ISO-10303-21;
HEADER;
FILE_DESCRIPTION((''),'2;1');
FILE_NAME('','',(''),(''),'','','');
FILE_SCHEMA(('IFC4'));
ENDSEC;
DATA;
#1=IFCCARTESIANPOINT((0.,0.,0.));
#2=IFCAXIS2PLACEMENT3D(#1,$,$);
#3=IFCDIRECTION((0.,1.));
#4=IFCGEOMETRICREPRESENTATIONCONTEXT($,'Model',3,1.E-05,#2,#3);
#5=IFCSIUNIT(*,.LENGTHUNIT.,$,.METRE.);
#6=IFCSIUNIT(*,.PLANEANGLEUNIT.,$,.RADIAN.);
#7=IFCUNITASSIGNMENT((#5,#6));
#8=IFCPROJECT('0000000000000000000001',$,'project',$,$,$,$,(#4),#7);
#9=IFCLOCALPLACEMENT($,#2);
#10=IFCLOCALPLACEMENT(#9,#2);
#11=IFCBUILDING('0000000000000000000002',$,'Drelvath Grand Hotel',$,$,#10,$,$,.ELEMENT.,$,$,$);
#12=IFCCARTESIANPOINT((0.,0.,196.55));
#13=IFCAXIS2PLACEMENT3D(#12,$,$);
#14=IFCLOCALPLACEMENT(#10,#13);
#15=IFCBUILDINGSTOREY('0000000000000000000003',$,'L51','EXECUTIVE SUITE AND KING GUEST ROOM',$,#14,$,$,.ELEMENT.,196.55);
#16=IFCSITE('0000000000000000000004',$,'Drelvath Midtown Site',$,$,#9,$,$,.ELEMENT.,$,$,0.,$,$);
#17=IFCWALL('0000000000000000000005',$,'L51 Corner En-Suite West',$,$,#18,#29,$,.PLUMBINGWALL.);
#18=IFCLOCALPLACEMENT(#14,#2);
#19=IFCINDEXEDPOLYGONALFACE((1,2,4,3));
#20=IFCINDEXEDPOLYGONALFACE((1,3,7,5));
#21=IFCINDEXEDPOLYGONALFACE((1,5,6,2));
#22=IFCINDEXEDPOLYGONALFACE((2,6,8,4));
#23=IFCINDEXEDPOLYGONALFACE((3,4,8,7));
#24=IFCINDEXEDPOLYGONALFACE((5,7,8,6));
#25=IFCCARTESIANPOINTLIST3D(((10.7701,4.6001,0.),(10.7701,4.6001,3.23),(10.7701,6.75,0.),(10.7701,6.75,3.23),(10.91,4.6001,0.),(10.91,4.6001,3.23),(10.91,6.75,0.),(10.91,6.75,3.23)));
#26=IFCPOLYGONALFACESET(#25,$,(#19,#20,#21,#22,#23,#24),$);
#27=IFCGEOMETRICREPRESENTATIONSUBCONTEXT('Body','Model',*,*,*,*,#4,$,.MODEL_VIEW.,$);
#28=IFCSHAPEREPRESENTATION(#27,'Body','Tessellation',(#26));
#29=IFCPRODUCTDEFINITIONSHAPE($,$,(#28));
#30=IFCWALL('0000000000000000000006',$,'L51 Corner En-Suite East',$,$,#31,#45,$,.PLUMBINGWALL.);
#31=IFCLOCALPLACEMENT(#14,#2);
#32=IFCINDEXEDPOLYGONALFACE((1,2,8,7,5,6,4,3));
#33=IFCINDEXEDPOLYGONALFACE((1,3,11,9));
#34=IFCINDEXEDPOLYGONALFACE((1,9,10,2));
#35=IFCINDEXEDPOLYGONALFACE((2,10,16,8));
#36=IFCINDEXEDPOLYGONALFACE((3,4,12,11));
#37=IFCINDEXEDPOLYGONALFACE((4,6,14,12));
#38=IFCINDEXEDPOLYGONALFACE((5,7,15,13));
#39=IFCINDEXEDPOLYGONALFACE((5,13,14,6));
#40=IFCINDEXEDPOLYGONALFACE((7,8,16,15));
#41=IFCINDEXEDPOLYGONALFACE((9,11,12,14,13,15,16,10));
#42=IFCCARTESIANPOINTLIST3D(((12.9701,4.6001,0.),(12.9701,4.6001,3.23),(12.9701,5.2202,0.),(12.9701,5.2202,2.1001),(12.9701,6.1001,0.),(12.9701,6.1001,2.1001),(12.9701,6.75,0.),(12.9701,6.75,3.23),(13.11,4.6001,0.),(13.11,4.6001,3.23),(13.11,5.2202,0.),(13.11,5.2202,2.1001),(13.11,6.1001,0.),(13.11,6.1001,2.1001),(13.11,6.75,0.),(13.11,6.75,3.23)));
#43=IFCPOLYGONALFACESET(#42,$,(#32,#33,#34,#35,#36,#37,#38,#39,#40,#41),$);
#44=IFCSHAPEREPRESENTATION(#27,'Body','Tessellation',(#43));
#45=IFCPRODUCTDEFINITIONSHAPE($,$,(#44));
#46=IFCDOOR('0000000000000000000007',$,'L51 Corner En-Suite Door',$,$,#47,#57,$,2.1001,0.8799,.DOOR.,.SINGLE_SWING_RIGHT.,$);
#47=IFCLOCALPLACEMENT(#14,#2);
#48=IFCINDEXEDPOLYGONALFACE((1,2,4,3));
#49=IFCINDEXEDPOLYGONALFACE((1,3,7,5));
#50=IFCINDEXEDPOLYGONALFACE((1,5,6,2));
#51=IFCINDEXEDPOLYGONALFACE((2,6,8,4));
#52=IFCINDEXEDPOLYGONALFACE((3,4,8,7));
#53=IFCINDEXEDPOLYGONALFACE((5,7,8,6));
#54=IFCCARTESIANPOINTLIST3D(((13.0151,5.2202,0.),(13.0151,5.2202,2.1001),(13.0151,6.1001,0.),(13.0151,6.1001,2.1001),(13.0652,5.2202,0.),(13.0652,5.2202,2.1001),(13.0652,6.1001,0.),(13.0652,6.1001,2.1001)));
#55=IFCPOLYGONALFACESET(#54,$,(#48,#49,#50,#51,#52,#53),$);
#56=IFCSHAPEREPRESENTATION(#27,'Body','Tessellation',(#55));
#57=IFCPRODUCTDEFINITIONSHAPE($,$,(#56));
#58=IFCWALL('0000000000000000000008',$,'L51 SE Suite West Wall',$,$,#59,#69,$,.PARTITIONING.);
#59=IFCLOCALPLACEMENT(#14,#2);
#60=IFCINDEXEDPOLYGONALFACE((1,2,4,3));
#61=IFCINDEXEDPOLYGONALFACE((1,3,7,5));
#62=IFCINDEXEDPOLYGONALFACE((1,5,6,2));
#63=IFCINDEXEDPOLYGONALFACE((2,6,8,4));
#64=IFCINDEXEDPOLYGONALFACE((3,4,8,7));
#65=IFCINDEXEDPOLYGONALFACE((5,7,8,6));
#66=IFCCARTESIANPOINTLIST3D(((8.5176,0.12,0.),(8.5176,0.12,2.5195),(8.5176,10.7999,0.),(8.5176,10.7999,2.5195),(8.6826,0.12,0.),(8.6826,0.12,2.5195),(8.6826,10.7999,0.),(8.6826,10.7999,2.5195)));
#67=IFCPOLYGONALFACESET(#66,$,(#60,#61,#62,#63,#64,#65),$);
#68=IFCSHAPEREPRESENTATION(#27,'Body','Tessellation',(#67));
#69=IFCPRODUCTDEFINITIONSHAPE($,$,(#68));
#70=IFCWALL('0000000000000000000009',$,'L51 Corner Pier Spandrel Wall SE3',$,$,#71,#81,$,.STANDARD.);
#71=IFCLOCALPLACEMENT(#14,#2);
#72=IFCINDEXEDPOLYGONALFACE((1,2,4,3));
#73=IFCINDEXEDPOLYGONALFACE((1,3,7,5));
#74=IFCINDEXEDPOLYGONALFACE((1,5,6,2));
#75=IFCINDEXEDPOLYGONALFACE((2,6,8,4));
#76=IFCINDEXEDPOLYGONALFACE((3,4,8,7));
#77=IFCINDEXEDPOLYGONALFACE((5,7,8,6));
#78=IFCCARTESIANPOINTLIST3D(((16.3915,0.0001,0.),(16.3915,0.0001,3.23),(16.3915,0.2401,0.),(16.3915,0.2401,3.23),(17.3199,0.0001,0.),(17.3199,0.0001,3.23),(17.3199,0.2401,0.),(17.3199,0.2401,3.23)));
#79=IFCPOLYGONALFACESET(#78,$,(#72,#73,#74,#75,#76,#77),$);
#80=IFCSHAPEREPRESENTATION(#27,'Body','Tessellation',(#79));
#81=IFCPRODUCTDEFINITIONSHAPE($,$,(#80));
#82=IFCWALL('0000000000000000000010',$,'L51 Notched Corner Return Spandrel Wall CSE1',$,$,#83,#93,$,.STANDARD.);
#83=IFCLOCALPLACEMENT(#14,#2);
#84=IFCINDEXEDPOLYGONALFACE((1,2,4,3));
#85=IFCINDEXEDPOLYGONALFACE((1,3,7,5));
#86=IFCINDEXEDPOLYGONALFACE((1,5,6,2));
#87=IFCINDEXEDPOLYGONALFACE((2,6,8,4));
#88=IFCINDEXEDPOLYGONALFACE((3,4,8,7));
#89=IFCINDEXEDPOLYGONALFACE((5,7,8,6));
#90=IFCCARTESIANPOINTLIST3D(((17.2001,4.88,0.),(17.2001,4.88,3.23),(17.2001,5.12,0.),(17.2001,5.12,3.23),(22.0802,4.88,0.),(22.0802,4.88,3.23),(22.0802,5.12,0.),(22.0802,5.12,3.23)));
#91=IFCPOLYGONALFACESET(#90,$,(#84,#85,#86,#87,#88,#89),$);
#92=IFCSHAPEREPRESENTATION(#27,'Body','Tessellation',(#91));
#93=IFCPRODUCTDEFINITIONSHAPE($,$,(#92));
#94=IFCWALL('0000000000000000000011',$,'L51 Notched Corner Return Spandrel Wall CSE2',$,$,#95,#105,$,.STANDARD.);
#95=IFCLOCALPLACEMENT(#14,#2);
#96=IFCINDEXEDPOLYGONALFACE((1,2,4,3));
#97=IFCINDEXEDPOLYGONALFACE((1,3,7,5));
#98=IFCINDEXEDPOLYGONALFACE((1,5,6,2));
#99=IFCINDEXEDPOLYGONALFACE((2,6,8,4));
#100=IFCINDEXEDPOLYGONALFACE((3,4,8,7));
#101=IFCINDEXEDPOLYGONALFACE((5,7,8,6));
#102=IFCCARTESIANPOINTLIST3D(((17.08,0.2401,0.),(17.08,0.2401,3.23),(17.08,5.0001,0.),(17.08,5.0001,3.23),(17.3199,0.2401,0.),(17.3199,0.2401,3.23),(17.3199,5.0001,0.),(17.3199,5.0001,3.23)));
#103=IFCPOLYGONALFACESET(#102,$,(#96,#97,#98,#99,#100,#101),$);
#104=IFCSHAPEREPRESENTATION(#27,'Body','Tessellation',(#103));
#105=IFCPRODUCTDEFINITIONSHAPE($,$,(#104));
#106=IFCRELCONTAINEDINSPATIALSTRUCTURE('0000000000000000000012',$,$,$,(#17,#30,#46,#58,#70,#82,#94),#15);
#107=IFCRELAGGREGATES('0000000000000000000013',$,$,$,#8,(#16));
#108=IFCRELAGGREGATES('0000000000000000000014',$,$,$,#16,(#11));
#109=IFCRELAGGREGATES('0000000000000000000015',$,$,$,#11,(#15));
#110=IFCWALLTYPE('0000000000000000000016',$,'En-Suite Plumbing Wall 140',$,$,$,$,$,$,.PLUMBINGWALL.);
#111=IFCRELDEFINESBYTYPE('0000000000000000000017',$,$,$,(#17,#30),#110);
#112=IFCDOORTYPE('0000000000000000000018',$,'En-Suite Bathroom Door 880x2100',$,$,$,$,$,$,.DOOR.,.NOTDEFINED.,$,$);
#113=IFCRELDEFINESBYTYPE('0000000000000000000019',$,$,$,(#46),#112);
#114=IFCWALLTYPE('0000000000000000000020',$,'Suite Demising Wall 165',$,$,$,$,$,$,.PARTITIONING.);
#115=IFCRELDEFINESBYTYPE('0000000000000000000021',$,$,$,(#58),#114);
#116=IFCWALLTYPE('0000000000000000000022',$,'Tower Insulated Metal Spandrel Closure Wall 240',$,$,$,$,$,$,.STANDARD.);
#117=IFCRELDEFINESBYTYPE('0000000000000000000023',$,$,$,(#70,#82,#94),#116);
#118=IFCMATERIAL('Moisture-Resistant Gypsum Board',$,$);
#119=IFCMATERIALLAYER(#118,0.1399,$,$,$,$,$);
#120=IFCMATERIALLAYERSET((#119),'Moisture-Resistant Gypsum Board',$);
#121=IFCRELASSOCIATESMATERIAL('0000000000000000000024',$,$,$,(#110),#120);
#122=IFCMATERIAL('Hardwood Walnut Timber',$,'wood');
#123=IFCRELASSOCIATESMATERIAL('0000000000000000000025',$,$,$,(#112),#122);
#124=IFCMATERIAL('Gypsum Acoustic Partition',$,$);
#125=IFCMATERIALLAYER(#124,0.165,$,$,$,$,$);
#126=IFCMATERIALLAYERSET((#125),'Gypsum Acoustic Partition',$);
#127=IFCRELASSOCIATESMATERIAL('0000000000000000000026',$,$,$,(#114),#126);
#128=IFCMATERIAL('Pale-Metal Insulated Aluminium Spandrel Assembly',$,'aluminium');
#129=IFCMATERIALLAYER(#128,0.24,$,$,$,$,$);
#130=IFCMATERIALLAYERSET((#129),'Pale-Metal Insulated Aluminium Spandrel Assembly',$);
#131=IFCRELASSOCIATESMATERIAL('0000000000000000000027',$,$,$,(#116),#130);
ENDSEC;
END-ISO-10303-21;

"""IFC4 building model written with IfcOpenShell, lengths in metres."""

from ifc_helpers import new_model, si_unit, direction, frame, frame_2d, origin, place, context, subcontext, project, spatial, rectangle, extrude, material, layer, layer_set, type_object, element, fill, save


model = new_model("IFC4")

# Units and contexts
model_context = context("Model", 3, precision=1e-05, world=origin(), true_north=direction((0.0, 1.0)))
body_context = subcontext(model_context, "Body", "Model", "MODEL_VIEW")
ifc_project = project(units=[si_unit("LENGTHUNIT", "METRE"), si_unit("PLANEANGLEUNIT", "RADIAN")], contexts=[model_context])

# Site, building, storey
site_placement = place(None, origin())
site = spatial("IfcSite", under=ifc_project, at=site_placement, Name="Drelvath Midtown Site", CompositionType="ELEMENT", RefElevation=0.0)
building_placement = place(site_placement, origin())
building = spatial("IfcBuilding", under=site, at=building_placement, Name="Drelvath Grand Hotel", CompositionType="ELEMENT")
storey_placement = place(building_placement, frame((0.0, 0.0, 196.55)))
storey = spatial("IfcBuildingStorey", under=building, at=storey_placement, Name="L51", Description="EXECUTIVE SUITE AND KING GUEST ROOM", CompositionType="ELEMENT", Elevation=196.55)

# Wall
ifc_material_1 = material(Name="Moisture-Resistant Gypsum Board")
ifc_layer_1 = layer(ifc_material_1, 0.1399)
ifc_layer_set_1 = layer_set([ifc_layer_1], Name="Moisture-Resistant Gypsum Board")
wall_type_1 = type_object("IfcWallType", Name="En-Suite Plumbing Wall 140", PredefinedType="PLUMBINGWALL", material=ifc_layer_set_1)
wall_1_placement = place(storey_placement, frame((10.8401, 4.6001, 0.0), z_axis=(0.0, 0.0, 1.0), x_axis=(0.0, 1.0, 0.0)))
element("IfcWall", 1, at=wall_1_placement, inside=storey, type_object=wall_type_1, Name="L51 Corner En-Suite West", PredefinedType="PLUMBINGWALL", context=body_context, shape_type="SweptSolid", body=[
    extrude(rectangle(XDim=2.1499, YDim=0.1399, at=frame_2d((1.075, 0.0))), origin(), (0.0, 0.0, 1.0), 3.23),
])

# Wall, opening, door
wall_2_placement = place(storey_placement, frame((13.04, 4.6001, 0.0), z_axis=(0.0, 0.0, 1.0), x_axis=(0.0, 1.0, 0.0)))
wall_2 = element("IfcWall", 2, at=wall_2_placement, inside=storey, type_object=wall_type_1, Name="L51 Corner En-Suite East", PredefinedType="PLUMBINGWALL", context=body_context, shape_type="SweptSolid", body=[
    extrude(rectangle(XDim=2.1499, YDim=0.1399, at=frame_2d((1.075, 0.0))), origin(), (0.0, 0.0, 1.0), 3.23),
])
opening_placement = place(wall_2_placement, frame((0.6201, 0.0, 0.0)))
opening = element("IfcOpeningElement", 3, at=opening_placement, cuts=wall_2, PredefinedType="OPENING", context=body_context, shape_type="SweptSolid", body=[
    extrude(rectangle(XDim=0.8799, YDim=2.1001, at=frame_2d((0.4399, 1.05))), frame((0.0, 0.0798, 0.0), z_axis=(0.0, -1.0, 0.0), x_axis=(1.0, 0.0, 0.0)), (0.0, 0.0, 1.0), 0.1599),
])
ifc_material_2 = material(Name="Hardwood Walnut Timber", Category="wood")
door_type = type_object("IfcDoorType", Name="En-Suite Bathroom Door 880x2100", OperationType="NOTDEFINED", PredefinedType="DOOR", material=ifc_material_2)
door_placement = place(opening_placement, origin())
door = element("IfcDoor", 4, at=door_placement, inside=storey, type_object=door_type, Name="L51 Corner En-Suite Door", OperationType="SINGLE_SWING_RIGHT", OverallHeight=2.1001, OverallWidth=0.8799, PredefinedType="DOOR", context=body_context, shape_type="SweptSolid", body=[
    extrude(rectangle(XDim=0.8799, YDim=2.1001, at=frame_2d((0.4399, 1.05))), frame((0.0, 0.0249, 0.0), z_axis=(0.0, -1.0, 0.0), x_axis=(1.0, 0.0, 0.0)), (0.0, 0.0, 1.0), 0.05),
])
fill(opening, door)

# Walls
ifc_material_3 = material(Name="Gypsum Acoustic Partition")
ifc_layer_2 = layer(ifc_material_3, 0.165)
ifc_layer_set_2 = layer_set([ifc_layer_2], Name="Gypsum Acoustic Partition")
wall_type_2 = type_object("IfcWallType", Name="Suite Demising Wall 165", PredefinedType="PARTITIONING", material=ifc_layer_set_2)
wall_3_placement = place(storey_placement, frame((8.6001, 0.1201, 0.0), z_axis=(0.0, 0.0, 1.0), x_axis=(0.0, 1.0, 0.0)))
element("IfcWall", 5, at=wall_3_placement, inside=storey, type_object=wall_type_2, Name="L51 SE Suite West Wall", PredefinedType="PARTITIONING", context=body_context, shape_type="SweptSolid", body=[
    extrude(rectangle(XDim=10.6799, YDim=0.165, at=frame_2d((5.3398, 0.0))), origin(), (0.0, 0.0, 1.0), 2.5195),
])
ifc_material_4 = material(Name="Pale-Metal Insulated Aluminium Spandrel Assembly", Category="aluminium")
ifc_layer_3 = layer(ifc_material_4, 0.24)
ifc_layer_set_3 = layer_set([ifc_layer_3], Name="Pale-Metal Insulated Aluminium Spandrel Assembly")
wall_type_3 = type_object("IfcWallType", Name="Tower Insulated Metal Spandrel Closure Wall 240", PredefinedType="STANDARD", material=ifc_layer_set_3)
wall_4_placement = place(storey_placement, frame((17.3201, 0.1201, 0.0), z_axis=(0.0, 0.0, 1.0), x_axis=(-1.0, 0.0, 0.0)))
element("IfcWall", 6, at=wall_4_placement, inside=storey, type_object=wall_type_3, Name="L51 Corner Pier Spandrel Wall SE3", PredefinedType="STANDARD", context=body_context, shape_type="SweptSolid", body=[
    extrude(rectangle(XDim=0.9285, YDim=0.24, at=frame_2d((0.4644, 0.0))), origin(), (0.0, 0.0, 1.0), 3.23),
])
wall_5_placement = place(storey_placement, frame((22.0801, 5.0, 0.0), z_axis=(0.0, 0.0, 1.0), x_axis=(-1.0, 0.0, 0.0)))
element("IfcWall", 7, at=wall_5_placement, inside=storey, type_object=wall_type_3, Name="L51 Notched Corner Return Spandrel Wall CSE1", PredefinedType="STANDARD", context=body_context, shape_type="SweptSolid", body=[
    extrude(rectangle(XDim=4.8801, YDim=0.24, at=frame_2d((2.4399, 0.0))), origin(), (0.0, 0.0, 1.0), 3.23),
])
wall_6_placement = place(storey_placement, frame((17.2, 5.0, 0.0), z_axis=(0.0, 0.0, 1.0), x_axis=(0.0, -1.0, 0.0)))
element("IfcWall", 8, at=wall_6_placement, inside=storey, type_object=wall_type_3, Name="L51 Notched Corner Return Spandrel Wall CSE2", PredefinedType="STANDARD", context=body_context, shape_type="SweptSolid", body=[
    extrude(rectangle(XDim=4.76, YDim=0.24, at=frame_2d((2.3799, 0.0))), origin(), (0.0, 0.0, 1.0), 3.23),
])

save(model, "model.ifc")
